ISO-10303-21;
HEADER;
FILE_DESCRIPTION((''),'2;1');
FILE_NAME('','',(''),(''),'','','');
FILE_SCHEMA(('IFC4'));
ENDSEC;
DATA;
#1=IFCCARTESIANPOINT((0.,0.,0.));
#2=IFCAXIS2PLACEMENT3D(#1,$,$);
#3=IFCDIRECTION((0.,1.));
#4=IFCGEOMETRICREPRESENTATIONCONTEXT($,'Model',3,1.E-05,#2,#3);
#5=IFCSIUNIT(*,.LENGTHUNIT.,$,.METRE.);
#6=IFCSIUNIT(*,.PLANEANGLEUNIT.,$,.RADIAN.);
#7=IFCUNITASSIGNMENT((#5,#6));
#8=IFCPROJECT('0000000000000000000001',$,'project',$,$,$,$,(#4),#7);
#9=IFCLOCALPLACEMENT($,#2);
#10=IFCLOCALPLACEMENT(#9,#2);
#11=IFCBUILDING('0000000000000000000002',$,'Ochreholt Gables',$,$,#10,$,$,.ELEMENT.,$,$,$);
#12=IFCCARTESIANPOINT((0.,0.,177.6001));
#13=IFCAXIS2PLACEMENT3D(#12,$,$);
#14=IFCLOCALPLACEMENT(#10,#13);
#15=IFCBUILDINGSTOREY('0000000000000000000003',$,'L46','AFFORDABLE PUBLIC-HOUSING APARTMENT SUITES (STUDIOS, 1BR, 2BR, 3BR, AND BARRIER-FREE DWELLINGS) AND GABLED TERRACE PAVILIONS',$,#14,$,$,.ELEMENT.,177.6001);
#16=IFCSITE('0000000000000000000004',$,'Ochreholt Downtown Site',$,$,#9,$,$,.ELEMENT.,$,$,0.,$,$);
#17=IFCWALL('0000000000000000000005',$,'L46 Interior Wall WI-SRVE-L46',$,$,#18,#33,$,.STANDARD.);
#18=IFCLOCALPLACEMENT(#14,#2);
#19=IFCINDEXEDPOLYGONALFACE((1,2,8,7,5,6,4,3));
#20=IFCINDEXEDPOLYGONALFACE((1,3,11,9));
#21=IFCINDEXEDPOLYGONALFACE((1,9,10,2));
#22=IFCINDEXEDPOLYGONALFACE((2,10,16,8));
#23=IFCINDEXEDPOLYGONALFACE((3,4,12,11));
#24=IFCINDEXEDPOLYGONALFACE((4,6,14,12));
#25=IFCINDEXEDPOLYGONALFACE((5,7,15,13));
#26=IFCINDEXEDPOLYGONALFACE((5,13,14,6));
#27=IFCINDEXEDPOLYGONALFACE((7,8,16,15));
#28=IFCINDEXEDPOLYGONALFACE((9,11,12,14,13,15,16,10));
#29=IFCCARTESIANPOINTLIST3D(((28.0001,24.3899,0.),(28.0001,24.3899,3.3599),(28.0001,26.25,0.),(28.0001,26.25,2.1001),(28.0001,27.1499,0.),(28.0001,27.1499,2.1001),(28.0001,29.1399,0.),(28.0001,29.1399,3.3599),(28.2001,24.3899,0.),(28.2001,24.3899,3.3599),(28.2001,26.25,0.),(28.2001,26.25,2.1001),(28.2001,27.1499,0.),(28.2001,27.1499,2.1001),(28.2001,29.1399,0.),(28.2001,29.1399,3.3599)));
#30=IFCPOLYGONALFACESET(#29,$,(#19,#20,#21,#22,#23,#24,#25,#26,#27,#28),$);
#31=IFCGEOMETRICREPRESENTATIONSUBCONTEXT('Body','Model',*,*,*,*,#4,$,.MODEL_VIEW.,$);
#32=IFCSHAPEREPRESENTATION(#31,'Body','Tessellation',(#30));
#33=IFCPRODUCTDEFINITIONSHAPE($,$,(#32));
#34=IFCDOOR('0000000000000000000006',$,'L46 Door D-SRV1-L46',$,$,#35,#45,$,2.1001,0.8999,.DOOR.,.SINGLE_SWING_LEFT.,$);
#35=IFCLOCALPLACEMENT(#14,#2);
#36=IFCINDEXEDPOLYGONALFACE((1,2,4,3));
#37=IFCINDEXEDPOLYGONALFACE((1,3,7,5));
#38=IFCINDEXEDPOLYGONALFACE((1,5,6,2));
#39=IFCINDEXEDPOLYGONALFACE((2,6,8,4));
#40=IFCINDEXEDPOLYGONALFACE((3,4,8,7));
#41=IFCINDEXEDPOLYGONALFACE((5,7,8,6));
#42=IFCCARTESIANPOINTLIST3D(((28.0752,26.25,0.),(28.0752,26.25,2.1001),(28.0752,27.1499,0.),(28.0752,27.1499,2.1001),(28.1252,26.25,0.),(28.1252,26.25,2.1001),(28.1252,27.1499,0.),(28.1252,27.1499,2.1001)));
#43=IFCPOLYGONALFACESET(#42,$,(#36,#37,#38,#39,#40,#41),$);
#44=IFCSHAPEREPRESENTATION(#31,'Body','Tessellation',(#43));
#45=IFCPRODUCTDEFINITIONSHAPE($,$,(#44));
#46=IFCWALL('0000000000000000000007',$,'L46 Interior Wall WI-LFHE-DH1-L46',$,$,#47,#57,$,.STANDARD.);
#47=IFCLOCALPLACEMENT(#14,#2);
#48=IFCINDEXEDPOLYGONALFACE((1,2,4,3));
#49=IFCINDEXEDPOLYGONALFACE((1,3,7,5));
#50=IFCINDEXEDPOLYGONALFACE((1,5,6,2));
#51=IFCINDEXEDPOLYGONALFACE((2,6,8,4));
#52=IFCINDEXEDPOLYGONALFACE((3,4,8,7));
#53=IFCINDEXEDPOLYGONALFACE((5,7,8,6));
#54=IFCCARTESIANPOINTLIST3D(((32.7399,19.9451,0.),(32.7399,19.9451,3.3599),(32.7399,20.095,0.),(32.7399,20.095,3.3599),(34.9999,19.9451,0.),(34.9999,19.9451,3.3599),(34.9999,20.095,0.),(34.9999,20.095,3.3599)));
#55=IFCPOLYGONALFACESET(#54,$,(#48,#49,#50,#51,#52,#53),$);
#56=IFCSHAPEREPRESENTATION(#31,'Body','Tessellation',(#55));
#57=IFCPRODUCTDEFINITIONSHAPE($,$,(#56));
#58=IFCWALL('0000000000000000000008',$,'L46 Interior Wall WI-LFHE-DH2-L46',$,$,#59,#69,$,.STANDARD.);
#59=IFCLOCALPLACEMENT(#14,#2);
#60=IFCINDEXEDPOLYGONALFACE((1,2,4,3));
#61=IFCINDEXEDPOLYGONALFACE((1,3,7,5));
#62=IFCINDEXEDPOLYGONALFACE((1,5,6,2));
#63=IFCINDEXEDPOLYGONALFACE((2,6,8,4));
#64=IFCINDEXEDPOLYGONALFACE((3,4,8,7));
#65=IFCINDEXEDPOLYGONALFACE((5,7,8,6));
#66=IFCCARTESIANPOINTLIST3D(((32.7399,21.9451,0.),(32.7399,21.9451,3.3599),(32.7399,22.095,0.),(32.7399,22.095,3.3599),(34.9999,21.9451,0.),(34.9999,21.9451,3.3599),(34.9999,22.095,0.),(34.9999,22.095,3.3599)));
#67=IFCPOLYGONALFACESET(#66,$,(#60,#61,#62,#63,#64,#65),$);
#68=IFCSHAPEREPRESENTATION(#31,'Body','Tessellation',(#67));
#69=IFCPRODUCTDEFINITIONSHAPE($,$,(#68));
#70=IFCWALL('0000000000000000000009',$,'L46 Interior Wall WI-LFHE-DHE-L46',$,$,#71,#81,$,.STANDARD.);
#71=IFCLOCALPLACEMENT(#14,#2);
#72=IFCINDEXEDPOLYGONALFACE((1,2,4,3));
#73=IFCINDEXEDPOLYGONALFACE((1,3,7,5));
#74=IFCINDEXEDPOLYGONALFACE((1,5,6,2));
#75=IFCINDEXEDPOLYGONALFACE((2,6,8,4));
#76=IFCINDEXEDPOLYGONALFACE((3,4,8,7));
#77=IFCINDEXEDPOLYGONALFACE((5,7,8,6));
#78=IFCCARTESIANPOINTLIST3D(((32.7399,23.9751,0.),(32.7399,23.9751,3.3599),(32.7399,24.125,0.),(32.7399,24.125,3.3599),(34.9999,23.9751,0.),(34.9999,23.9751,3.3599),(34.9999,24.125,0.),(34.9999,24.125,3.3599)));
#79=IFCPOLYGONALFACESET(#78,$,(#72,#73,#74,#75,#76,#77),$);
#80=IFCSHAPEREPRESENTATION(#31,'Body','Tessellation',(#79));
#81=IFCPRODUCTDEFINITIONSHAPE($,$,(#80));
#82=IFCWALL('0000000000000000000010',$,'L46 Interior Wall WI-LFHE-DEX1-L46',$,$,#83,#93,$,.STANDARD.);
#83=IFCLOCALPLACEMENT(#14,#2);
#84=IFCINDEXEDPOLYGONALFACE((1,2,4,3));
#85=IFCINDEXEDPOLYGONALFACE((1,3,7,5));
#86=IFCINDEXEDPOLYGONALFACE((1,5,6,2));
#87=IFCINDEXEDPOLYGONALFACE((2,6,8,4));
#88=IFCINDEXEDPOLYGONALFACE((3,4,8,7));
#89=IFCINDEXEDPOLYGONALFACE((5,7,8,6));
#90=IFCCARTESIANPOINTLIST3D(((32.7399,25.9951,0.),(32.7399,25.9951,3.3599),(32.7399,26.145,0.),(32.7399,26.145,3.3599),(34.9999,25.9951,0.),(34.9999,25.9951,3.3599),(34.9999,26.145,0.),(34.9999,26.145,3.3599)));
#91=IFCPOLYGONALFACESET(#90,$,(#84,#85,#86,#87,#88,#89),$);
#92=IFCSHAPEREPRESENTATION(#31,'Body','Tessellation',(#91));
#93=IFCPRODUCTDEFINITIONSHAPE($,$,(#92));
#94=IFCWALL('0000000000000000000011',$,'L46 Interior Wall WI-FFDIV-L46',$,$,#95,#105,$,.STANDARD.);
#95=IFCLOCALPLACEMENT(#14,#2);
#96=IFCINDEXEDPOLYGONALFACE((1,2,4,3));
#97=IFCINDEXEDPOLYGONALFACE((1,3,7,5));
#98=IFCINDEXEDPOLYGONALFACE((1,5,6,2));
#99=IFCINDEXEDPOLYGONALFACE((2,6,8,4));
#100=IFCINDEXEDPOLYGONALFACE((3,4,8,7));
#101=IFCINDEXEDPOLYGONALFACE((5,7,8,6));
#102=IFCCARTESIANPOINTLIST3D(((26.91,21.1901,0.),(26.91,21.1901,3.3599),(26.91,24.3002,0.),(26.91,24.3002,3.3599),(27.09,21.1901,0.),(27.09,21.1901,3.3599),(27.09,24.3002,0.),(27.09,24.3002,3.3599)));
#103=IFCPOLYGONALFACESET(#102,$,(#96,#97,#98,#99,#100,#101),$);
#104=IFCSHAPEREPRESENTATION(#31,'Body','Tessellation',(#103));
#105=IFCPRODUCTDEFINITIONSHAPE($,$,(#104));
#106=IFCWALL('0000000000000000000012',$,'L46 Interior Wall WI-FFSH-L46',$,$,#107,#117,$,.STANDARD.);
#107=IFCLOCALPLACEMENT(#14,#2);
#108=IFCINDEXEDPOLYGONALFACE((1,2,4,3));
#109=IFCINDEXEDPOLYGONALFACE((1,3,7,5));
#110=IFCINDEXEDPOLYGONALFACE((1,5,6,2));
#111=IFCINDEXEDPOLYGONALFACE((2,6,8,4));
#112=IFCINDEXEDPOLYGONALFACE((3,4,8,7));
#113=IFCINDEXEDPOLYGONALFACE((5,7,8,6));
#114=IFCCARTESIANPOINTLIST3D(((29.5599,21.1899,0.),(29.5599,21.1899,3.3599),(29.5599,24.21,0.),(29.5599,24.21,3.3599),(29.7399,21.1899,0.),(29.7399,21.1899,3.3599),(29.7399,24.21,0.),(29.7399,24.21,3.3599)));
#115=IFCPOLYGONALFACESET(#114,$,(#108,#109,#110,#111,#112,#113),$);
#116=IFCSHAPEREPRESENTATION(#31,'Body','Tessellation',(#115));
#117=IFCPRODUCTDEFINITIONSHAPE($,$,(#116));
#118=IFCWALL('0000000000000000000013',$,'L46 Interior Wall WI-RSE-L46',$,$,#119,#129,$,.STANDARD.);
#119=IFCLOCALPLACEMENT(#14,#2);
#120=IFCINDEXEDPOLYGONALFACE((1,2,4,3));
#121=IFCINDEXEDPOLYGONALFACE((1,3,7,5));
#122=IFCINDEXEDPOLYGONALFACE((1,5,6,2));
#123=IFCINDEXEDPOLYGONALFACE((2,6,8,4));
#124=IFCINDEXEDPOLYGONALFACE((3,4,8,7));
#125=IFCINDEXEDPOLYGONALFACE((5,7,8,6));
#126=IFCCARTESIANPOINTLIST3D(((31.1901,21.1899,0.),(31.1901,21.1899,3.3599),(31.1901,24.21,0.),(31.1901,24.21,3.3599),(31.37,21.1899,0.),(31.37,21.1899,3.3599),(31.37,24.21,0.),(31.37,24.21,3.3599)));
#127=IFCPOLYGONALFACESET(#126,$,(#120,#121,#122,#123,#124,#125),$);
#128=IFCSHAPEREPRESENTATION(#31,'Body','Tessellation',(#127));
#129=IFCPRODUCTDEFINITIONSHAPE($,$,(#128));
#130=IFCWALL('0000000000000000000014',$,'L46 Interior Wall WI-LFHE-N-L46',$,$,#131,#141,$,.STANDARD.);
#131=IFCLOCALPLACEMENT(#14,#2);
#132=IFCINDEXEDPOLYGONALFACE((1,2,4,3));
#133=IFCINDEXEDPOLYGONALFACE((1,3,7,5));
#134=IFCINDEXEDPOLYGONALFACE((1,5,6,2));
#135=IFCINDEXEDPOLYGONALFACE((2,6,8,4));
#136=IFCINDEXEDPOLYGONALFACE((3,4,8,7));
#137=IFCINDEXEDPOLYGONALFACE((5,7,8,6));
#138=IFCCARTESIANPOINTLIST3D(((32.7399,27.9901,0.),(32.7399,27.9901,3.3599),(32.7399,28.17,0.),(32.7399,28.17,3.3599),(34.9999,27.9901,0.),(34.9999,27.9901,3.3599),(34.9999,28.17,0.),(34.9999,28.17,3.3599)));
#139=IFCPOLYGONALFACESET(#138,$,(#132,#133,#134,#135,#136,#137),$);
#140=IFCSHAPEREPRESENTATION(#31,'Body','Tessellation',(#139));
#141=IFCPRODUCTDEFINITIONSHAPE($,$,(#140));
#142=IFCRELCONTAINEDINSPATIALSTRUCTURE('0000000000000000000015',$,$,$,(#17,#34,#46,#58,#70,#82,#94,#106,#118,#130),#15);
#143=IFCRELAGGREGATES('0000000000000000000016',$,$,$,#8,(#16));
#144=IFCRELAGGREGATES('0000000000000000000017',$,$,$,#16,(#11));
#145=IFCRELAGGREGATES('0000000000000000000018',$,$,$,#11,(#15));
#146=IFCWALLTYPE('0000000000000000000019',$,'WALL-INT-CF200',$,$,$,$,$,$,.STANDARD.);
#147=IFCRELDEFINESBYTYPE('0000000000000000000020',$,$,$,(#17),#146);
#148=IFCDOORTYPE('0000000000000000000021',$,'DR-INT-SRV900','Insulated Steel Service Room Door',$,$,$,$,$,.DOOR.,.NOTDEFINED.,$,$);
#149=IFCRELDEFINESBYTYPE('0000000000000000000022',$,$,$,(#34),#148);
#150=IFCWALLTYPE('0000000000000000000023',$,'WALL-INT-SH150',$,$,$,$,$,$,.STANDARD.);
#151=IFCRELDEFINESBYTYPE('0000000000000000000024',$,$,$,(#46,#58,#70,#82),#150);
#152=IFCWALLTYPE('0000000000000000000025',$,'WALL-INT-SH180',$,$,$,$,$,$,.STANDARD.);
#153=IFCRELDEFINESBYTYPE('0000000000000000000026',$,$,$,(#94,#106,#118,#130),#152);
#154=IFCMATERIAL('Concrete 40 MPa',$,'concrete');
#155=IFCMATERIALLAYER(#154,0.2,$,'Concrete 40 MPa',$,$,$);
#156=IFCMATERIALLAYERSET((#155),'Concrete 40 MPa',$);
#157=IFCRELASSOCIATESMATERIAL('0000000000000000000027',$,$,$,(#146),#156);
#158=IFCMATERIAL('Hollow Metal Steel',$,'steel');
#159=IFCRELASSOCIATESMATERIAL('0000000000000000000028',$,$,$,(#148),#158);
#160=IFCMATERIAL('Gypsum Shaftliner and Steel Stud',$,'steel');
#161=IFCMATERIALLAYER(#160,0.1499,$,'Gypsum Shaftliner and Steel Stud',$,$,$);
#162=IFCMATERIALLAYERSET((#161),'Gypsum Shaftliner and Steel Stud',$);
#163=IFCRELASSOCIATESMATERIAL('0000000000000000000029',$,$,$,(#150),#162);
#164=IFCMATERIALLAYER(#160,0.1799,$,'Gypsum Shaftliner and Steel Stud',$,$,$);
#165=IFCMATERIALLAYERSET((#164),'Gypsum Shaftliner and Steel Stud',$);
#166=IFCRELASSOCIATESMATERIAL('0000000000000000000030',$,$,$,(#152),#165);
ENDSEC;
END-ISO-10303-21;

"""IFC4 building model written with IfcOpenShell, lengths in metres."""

from ifc_helpers import new_model, si_unit, direction, frame, frame_2d, origin, place, context, subcontext, project, spatial, rectangle, extrude, material, layer, layer_set, type_object, element, fill, save


model = new_model("IFC4")

# Units and contexts
model_context = context("Model", 3, precision=1e-05, world=origin(), true_north=direction((0.0, 1.0)))
body_context = subcontext(model_context, "Body", "Model", "MODEL_VIEW")
ifc_project = project(units=[si_unit("LENGTHUNIT", "METRE"), si_unit("PLANEANGLEUNIT", "RADIAN")], contexts=[model_context])

# Site, building, storey
site_placement = place(None, origin())
site = spatial("IfcSite", under=ifc_project, at=site_placement, Name="Ochreholt Downtown Site", CompositionType="ELEMENT", RefElevation=0.0)
building_placement = place(site_placement, origin())
building = spatial("IfcBuilding", under=site, at=building_placement, Name="Ochreholt Gables", CompositionType="ELEMENT")
storey_placement = place(building_placement, frame((0.0, 0.0, 177.6001)))
storey = spatial("IfcBuildingStorey", under=building, at=storey_placement, Name="L46", Description="AFFORDABLE PUBLIC-HOUSING APARTMENT SUITES (STUDIOS, 1BR, 2BR, 3BR, AND BARRIER-FREE DWELLINGS) AND GABLED TERRACE PAVILIONS", CompositionType="ELEMENT", Elevation=177.6001)

# Wall, opening, door
ifc_material_1 = material(Name="Concrete 40 MPa", Category="concrete")
ifc_layer_1 = layer(ifc_material_1, 0.2, Name="Concrete 40 MPa")
ifc_layer_set_1 = layer_set([ifc_layer_1], Name="Concrete 40 MPa")
wall_type_1 = type_object("IfcWallType", Name="WALL-INT-CF200", PredefinedType="STANDARD", material=ifc_layer_set_1)
wall_1_placement = place(storey_placement, frame((28.1001, 24.3899, 0.0), z_axis=(0.0, 0.0, 1.0), x_axis=(0.0, 1.0, 0.0)))
wall_1 = element("IfcWall", 1, at=wall_1_placement, inside=storey, type_object=wall_type_1, Name="L46 Interior Wall WI-SRVE-L46", PredefinedType="STANDARD", context=body_context, shape_type="SweptSolid", body=[
    extrude(rectangle(XDim=4.75, YDim=0.2, at=frame_2d((2.375, 0.0))), origin(), (0.0, 0.0, 1.0), 3.3599),
])
opening_1_placement = place(wall_1_placement, frame((1.8601, 0.0, 0.0)))
opening_1 = element("IfcOpeningElement", 2, at=opening_1_placement, cuts=wall_1, PredefinedType="OPENING", context=body_context, shape_type="SweptSolid", body=[
    extrude(rectangle(XDim=0.8999, YDim=2.1001, at=frame_2d((0.45, 1.05))), frame((0.0, 0.1099, 0.0), z_axis=(0.0, -1.0, 0.0), x_axis=(1.0, 0.0, 0.0)), (0.0, 0.0, 1.0), 0.22),
])
ifc_material_2 = material(Name="Hollow Metal Steel", Category="steel")
door_type_1 = type_object("IfcDoorType", Name="DR-INT-SRV900", Description="Insulated Steel Service Room Door", OperationType="NOTDEFINED", PredefinedType="DOOR", material=ifc_material_2)
door_1_placement = place(opening_1_placement, origin())
door_1 = element("IfcDoor", 3, at=door_1_placement, inside=storey, type_object=door_type_1, Name="L46 Door D-SRV1-L46", OperationType="SINGLE_SWING_LEFT", OverallHeight=2.1001, OverallWidth=0.8999, PredefinedType="DOOR", context=body_context, shape_type="SweptSolid", body=[
    extrude(rectangle(XDim=0.8999, YDim=2.1001, at=frame_2d((0.45, 1.05))), frame((0.0, 0.0249, 0.0), z_axis=(0.0, -1.0, 0.0), x_axis=(1.0, 0.0, 0.0)), (0.0, 0.0, 1.0), 0.05),
])
fill(opening_1, door_1)

# Walls
ifc_material_3 = material(Name="Gypsum Shaftliner and Steel Stud", Category="steel")
ifc_layer_2 = layer(ifc_material_3, 0.1499, Name="Gypsum Shaftliner and Steel Stud")
ifc_layer_set_2 = layer_set([ifc_layer_2], Name="Gypsum Shaftliner and Steel Stud")
wall_type_2 = type_object("IfcWallType", Name="WALL-INT-SH150", PredefinedType="STANDARD", material=ifc_layer_set_2)
for number, where, z_axis, x_axis, name in (
    (4, (32.74, 20.02, 0.0), (0.0, 0.0, 1.0), (1.0, 0.0, 0.0), "L46 Interior Wall WI-LFHE-DH1-L46"),
    (5, (32.74, 22.02, 0.0), (0.0, 0.0, 1.0), (1.0, 0.0, 0.0), "L46 Interior Wall WI-LFHE-DH2-L46"),
    (6, (32.74, 24.05, 0.0), (0.0, 0.0, 1.0), (1.0, 0.0, 0.0), "L46 Interior Wall WI-LFHE-DHE-L46"),
    (7, (32.74, 26.0701, 0.0), (0.0, 0.0, 1.0), (1.0, 0.0, 0.0), "L46 Interior Wall WI-LFHE-DEX1-L46"),
):
    element("IfcWall", number, at=place(storey_placement, frame(where, z_axis=z_axis, x_axis=x_axis)), inside=storey, type_object=wall_type_2, Name=name, PredefinedType="STANDARD", context=body_context, shape_type="SweptSolid", body=[
        extrude(rectangle(XDim=2.26, YDim=0.1499, at=frame_2d((1.1299, 0.0))), origin(), (0.0, 0.0, 1.0), 3.3599),
    ])
ifc_layer_3 = layer(ifc_material_3, 0.1799, Name="Gypsum Shaftliner and Steel Stud")
ifc_layer_set_3 = layer_set([ifc_layer_3], Name="Gypsum Shaftliner and Steel Stud")
wall_type_3 = type_object("IfcWallType", Name="WALL-INT-SH180", PredefinedType="STANDARD", material=ifc_layer_set_3)
wall_2_placement = place(storey_placement, frame((27.0, 21.1899, 0.0), z_axis=(0.0, 0.0, 1.0), x_axis=(0.0, 1.0, 0.0)))
element("IfcWall", 8, at=wall_2_placement, inside=storey, type_object=wall_type_3, Name="L46 Interior Wall WI-FFDIV-L46", PredefinedType="STANDARD", context=body_context, shape_type="SweptSolid", body=[
    extrude(rectangle(XDim=3.1101, YDim=0.1799, at=frame_2d((1.5552, 0.0))), origin(), (0.0, 0.0, 1.0), 3.3599),
])
for number, where, z_axis, x_axis, name in (
    (9, (29.6499, 21.1899, 0.0), (0.0, 0.0, 1.0), (0.0, 1.0, 0.0), "L46 Interior Wall WI-FFSH-L46"),
    (10, (31.28, 21.1899, 0.0), (0.0, 0.0, 1.0), (0.0, 1.0, 0.0), "L46 Interior Wall WI-RSE-L46"),
):
    element("IfcWall", number, at=place(storey_placement, frame(where, z_axis=z_axis, x_axis=x_axis)), inside=storey, type_object=wall_type_3, Name=name, PredefinedType="STANDARD", context=body_context, shape_type="SweptSolid", body=[
        extrude(rectangle(XDim=3.02, YDim=0.1799, at=frame_2d((1.51, 0.0))), origin(), (0.0, 0.0, 1.0), 3.3599),
    ])
wall_3_placement = place(storey_placement, frame((32.74, 28.0801, 0.0), z_axis=(0.0, 0.0, 1.0), x_axis=(1.0, 0.0, 0.0)))
element("IfcWall", 11, at=wall_3_placement, inside=storey, type_object=wall_type_3, Name="L46 Interior Wall WI-LFHE-N-L46", PredefinedType="STANDARD", context=body_context, shape_type="SweptSolid", body=[
    extrude(rectangle(XDim=2.26, YDim=0.1799, at=frame_2d((1.1299, 0.0))), origin(), (0.0, 0.0, 1.0), 3.3599),
])

save(model, "model.ifc")
